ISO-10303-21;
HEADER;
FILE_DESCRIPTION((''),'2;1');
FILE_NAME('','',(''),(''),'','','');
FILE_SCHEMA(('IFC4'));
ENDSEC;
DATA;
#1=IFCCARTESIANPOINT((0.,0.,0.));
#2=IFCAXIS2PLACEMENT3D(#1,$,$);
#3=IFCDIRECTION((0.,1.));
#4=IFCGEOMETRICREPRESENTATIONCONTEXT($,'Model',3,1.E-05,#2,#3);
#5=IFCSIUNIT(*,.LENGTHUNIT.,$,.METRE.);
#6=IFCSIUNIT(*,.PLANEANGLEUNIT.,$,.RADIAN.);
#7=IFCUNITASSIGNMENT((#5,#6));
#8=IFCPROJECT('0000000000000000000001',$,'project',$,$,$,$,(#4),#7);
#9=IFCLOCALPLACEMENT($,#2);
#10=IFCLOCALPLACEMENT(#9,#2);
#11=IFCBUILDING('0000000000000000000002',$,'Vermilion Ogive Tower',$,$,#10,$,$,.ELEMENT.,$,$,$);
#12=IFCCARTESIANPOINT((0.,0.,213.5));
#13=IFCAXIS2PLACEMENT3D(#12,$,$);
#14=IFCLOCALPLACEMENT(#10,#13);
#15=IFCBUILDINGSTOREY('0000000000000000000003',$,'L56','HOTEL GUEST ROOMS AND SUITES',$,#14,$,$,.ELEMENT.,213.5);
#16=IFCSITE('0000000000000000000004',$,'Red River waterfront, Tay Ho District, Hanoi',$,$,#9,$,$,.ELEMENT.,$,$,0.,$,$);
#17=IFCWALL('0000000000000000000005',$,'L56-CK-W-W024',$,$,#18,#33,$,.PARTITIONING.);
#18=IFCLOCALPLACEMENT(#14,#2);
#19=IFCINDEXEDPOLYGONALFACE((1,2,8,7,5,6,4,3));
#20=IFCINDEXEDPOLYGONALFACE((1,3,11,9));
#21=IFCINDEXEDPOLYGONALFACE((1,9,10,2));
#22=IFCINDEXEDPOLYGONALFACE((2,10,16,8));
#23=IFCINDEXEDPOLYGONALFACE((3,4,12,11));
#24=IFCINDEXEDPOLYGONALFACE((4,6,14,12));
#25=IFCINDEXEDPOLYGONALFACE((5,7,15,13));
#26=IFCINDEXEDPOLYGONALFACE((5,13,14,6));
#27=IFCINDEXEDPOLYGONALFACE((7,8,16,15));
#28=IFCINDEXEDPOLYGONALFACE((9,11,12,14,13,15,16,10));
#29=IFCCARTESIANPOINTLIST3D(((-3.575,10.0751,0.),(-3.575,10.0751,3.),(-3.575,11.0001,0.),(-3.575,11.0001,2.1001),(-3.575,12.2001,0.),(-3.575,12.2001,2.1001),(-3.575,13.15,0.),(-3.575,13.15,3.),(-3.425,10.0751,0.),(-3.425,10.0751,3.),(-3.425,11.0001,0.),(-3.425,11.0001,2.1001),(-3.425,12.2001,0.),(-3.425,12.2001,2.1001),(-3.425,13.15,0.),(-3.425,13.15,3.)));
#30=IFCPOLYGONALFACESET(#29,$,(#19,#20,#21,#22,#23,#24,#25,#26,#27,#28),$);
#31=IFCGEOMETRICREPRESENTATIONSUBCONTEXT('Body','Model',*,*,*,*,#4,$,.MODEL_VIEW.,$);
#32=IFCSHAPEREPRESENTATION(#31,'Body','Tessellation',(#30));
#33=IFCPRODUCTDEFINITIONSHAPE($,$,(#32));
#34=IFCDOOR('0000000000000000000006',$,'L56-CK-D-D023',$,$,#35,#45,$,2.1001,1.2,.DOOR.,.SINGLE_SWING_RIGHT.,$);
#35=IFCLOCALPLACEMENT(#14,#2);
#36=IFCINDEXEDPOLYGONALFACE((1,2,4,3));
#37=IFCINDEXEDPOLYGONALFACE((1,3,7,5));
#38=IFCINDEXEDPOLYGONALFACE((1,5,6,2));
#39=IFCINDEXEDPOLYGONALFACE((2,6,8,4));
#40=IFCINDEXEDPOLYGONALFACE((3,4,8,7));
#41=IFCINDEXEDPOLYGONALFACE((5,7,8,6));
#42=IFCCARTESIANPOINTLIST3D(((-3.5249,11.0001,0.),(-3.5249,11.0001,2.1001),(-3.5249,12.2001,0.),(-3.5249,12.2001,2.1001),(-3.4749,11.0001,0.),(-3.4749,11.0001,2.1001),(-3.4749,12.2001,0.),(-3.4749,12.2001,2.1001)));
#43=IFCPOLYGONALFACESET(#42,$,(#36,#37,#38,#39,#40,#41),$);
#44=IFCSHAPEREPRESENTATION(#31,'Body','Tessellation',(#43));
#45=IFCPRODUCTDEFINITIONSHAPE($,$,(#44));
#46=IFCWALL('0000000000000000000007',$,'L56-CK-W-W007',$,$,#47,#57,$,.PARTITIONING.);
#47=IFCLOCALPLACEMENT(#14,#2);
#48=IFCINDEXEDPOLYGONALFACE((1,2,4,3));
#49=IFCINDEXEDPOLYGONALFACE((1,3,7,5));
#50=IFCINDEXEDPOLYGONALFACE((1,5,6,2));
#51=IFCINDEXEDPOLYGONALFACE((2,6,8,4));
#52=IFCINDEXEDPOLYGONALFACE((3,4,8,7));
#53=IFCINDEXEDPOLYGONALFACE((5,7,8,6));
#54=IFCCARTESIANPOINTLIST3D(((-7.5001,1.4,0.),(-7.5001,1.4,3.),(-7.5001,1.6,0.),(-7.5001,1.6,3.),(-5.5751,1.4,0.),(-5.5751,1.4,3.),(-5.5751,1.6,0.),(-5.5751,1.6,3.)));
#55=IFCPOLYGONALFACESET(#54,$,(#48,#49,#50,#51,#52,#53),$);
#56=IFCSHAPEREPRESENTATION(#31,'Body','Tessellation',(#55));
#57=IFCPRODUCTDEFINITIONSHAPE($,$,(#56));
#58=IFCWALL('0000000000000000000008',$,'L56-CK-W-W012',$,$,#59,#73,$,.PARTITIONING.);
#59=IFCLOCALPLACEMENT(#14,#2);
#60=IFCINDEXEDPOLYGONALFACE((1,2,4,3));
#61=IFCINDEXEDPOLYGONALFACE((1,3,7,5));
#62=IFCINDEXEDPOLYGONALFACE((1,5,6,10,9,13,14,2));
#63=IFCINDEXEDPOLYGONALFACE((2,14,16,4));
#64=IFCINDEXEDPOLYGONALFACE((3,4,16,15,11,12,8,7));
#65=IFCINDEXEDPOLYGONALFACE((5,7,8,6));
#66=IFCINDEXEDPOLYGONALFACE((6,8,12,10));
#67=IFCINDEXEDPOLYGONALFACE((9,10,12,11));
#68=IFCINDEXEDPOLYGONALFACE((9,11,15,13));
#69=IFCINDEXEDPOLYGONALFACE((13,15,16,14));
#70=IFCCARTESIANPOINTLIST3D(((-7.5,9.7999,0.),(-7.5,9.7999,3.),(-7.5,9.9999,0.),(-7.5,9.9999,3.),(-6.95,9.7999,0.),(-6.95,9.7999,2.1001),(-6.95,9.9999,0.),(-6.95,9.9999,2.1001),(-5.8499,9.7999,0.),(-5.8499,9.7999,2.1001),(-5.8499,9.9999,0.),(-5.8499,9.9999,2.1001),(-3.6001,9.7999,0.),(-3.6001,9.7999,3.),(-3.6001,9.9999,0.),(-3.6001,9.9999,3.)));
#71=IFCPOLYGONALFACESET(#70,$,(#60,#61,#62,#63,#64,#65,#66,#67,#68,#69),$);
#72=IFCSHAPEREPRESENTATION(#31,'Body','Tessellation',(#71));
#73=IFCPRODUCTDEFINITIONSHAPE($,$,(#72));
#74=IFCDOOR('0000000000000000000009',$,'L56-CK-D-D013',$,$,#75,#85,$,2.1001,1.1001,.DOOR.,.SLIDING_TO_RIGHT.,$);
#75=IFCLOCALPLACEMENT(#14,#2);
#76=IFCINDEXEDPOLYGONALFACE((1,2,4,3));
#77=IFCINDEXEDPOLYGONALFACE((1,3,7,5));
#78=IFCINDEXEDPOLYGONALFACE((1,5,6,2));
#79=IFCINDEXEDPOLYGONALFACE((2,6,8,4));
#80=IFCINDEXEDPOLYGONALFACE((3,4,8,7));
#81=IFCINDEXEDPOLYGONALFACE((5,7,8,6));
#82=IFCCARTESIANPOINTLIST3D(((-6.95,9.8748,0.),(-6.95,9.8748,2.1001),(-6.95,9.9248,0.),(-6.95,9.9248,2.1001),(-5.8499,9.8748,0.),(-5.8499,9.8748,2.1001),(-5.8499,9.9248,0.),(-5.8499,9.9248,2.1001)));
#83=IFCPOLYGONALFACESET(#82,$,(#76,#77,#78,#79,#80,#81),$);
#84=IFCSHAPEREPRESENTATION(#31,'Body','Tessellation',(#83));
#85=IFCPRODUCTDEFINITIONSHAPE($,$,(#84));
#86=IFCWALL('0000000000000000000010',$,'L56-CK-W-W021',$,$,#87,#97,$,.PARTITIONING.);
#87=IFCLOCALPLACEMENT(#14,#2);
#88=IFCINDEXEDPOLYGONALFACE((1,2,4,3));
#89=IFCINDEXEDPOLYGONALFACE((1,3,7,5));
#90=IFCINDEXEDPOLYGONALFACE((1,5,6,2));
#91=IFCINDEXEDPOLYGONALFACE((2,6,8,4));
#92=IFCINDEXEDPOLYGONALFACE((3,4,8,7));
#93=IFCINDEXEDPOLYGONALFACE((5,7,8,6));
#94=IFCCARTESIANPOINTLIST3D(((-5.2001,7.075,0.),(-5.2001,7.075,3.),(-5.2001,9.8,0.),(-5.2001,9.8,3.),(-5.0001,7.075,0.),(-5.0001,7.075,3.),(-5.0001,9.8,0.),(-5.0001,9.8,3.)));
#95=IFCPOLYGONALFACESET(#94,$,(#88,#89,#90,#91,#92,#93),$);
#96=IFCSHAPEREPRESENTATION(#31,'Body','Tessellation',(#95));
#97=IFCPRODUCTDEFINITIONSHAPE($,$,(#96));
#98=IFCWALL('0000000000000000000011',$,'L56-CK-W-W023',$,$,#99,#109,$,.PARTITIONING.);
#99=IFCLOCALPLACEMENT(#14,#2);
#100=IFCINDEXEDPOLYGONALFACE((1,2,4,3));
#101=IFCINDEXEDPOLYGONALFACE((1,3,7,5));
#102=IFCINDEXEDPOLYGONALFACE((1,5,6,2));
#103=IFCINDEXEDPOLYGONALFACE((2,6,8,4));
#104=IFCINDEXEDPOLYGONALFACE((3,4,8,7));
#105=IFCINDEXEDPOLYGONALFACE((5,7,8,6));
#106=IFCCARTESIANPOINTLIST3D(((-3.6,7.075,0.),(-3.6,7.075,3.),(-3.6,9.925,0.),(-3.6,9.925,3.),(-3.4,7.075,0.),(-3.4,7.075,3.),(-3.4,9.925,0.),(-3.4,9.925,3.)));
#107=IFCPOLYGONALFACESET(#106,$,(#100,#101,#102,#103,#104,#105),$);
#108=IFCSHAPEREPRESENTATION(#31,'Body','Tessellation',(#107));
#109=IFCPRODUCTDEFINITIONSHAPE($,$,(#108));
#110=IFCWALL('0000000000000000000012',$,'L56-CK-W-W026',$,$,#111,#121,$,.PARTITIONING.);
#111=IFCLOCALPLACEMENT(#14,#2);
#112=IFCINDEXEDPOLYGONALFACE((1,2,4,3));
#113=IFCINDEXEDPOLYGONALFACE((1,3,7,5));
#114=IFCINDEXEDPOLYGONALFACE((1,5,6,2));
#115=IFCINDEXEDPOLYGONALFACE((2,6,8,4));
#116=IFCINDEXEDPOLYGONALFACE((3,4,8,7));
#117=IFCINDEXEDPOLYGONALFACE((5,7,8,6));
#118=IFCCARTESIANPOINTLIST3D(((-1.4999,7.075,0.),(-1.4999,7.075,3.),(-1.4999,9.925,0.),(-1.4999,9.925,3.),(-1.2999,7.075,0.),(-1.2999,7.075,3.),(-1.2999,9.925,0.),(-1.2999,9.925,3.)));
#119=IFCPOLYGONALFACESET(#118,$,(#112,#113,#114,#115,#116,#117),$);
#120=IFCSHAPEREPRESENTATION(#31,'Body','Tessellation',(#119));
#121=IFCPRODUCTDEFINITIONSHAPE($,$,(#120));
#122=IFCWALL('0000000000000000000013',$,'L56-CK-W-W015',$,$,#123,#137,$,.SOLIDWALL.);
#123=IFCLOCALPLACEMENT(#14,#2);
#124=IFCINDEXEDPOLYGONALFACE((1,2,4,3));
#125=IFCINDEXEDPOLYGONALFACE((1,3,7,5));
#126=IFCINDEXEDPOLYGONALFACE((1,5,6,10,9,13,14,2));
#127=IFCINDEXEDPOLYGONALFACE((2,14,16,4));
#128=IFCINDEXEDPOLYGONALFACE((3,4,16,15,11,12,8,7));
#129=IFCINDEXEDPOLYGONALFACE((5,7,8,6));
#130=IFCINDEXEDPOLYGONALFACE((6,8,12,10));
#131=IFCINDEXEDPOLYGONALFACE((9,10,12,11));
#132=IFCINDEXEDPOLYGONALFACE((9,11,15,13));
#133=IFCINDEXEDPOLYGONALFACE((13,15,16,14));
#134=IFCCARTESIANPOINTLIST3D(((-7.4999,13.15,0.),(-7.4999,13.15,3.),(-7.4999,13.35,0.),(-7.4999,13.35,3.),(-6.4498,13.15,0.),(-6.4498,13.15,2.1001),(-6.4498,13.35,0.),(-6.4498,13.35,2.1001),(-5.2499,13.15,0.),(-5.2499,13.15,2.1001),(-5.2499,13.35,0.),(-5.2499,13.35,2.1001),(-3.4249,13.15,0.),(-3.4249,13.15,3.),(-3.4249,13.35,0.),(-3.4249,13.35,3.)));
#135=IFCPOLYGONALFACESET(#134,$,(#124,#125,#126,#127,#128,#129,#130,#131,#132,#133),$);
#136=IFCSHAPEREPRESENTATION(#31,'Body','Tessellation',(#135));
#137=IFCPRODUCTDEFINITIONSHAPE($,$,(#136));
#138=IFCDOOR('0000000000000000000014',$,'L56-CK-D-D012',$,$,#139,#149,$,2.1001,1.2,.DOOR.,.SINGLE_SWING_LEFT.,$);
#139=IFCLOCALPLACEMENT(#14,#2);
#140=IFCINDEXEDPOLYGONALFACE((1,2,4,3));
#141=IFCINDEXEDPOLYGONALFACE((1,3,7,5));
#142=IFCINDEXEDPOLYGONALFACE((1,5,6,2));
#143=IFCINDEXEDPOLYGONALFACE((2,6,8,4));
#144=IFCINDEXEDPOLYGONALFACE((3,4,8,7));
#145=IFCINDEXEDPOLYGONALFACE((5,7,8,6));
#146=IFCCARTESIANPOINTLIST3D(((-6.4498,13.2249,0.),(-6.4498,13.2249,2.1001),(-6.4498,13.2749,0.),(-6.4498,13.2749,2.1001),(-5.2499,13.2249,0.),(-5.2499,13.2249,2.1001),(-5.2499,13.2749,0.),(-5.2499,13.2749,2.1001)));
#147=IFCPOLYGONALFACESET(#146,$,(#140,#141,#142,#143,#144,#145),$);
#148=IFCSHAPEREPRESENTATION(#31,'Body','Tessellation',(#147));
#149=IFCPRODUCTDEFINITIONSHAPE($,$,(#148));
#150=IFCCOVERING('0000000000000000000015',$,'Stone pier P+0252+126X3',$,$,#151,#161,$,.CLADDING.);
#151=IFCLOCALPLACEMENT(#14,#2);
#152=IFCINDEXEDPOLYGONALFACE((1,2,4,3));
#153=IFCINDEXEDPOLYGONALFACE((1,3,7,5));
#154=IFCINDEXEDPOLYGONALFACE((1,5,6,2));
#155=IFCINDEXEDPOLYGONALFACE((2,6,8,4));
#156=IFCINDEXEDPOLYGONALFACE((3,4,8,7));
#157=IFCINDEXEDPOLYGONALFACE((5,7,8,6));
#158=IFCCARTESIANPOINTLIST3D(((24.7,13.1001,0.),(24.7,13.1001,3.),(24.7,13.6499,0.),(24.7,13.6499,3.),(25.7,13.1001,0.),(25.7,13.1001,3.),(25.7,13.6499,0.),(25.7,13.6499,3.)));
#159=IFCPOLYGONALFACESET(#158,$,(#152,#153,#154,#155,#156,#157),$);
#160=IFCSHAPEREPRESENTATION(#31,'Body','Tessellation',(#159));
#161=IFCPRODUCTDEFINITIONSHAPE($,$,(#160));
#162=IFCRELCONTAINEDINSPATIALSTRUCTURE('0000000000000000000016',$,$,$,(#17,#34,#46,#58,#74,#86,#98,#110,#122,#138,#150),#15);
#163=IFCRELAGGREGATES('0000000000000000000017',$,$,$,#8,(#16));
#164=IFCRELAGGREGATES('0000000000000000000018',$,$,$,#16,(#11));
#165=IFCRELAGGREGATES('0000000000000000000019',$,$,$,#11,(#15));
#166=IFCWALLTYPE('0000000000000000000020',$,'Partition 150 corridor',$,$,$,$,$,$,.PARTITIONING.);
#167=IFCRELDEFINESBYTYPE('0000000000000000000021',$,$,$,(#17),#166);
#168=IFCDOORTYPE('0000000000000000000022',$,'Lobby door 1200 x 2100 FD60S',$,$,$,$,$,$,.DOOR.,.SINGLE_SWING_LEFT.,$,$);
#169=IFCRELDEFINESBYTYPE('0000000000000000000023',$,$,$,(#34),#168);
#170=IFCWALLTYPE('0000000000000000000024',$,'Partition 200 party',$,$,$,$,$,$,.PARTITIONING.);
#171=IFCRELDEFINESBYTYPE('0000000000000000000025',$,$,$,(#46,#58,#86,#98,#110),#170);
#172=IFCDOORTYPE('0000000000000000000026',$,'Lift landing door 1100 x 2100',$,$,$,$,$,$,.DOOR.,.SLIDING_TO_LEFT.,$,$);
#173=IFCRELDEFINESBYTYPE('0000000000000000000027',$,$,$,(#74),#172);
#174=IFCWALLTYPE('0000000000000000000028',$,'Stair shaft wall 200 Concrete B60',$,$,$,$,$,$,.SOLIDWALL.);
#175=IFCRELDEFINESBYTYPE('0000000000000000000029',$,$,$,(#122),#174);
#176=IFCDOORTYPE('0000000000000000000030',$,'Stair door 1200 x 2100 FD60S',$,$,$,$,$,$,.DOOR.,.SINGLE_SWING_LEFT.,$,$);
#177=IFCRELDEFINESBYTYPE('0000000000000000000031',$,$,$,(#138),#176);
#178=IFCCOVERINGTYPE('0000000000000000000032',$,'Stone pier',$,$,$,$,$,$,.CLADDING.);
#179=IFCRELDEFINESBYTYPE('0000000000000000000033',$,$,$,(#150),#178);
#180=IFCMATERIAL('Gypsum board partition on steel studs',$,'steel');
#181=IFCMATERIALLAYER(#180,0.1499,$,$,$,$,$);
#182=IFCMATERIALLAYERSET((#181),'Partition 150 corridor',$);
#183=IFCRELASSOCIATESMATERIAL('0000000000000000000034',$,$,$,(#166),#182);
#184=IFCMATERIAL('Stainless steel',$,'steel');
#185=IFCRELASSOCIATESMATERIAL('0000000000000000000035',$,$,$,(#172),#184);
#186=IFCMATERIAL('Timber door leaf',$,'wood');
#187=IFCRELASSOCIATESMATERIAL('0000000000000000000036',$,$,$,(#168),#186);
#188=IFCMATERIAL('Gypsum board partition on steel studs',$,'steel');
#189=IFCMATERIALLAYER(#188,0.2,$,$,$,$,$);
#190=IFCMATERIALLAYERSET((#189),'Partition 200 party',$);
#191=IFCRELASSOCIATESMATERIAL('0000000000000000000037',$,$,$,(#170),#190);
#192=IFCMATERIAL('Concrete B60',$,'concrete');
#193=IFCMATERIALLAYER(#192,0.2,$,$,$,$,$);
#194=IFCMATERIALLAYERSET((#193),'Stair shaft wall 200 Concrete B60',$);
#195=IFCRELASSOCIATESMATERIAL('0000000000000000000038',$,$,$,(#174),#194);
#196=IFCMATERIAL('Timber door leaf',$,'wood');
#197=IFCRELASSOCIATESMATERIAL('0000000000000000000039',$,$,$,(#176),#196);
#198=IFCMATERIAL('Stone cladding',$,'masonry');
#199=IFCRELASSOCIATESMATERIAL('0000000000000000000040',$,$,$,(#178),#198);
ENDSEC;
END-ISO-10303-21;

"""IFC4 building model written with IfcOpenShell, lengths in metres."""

from ifc_helpers import new_model, si_unit, direction, frame, frame_2d, origin, place, context, subcontext, project, spatial, polyline, rectangle, outline, extrude, material, layer, layer_set, type_object, element, fill, save


model = new_model("IFC4")

# Units and contexts
model_context = context("Model", 3, precision=1e-05, world=origin(), true_north=direction((0.0, 1.0)))
body_context = subcontext(model_context, "Body", "Model", "MODEL_VIEW")
ifc_project = project(units=[si_unit("LENGTHUNIT", "METRE"), si_unit("PLANEANGLEUNIT", "RADIAN")], contexts=[model_context])

# Site, building, storey
site_placement = place(None, origin())
site = spatial("IfcSite", under=ifc_project, at=site_placement, Name="Red River waterfront, Tay Ho District, Hanoi", CompositionType="ELEMENT", RefElevation=0.0)
building_placement = place(site_placement, origin())
building = spatial("IfcBuilding", under=site, at=building_placement, Name="Vermilion Ogive Tower", CompositionType="ELEMENT")
storey_placement = place(building_placement, frame((0.0, 0.0, 213.5)))
storey = spatial("IfcBuildingStorey", under=building, at=storey_placement, Name="L56", Description="HOTEL GUEST ROOMS AND SUITES", CompositionType="ELEMENT", Elevation=213.5)

# Shared definitions
ifc_material_1 = material(Name="Gypsum board partition on steel studs", Category="steel")
ifc_layer_1 = layer(ifc_material_1, 0.1499)
ifc_layer_set_1 = layer_set([ifc_layer_1], Name="Partition 150 corridor")
wall_type_1 = type_object("IfcWallType", Name="Partition 150 corridor", PredefinedType="PARTITIONING", material=ifc_layer_set_1)

# Shared definitions
ifc_material_2 = material(Name="Stainless steel", Category="steel")
door_type_1 = type_object("IfcDoorType", Name="Lift landing door 1100 x 2100", OperationType="SLIDING_TO_LEFT", PredefinedType="DOOR", material=ifc_material_2)

# Wall, opening, door
wall_1_placement = place(storey_placement, frame((-3.5, 10.075, 0.0), z_axis=(0.0, 0.0, 1.0), x_axis=(0.0, 1.0, 0.0)))
wall_1 = element("IfcWall", 1, at=wall_1_placement, inside=storey, type_object=wall_type_1, Name="L56-CK-W-W024", PredefinedType="PARTITIONING", context=body_context, shape_type="SweptSolid", body=[
    extrude(rectangle(XDim=3.075, YDim=0.1499, at=frame_2d((1.5376, 0.0))), origin(), (0.0, 0.0, 1.0), 3.0),
])
opening_1_placement = place(wall_1_placement, frame((0.925, 0.0, 0.0)))
opening_1 = element("IfcOpeningElement", 2, at=opening_1_placement, cuts=wall_1, PredefinedType="OPENING", context=body_context, shape_type="SweptSolid", body=[
    extrude(rectangle(XDim=1.2, YDim=2.1001, at=frame_2d((0.6001, 1.05))), frame((0.0, 0.085, 0.0), z_axis=(0.0, -1.0, 0.0), x_axis=(1.0, 0.0, 0.0)), (0.0, 0.0, 1.0), 0.1699),
])
ifc_material_3 = material(Name="Timber door leaf", Category="wood")
door_type_2 = type_object("IfcDoorType", Name="Lobby door 1200 x 2100 FD60S", OperationType="SINGLE_SWING_LEFT", PredefinedType="DOOR", material=ifc_material_3)
door_1_placement = place(opening_1_placement, origin())
door_1 = element("IfcDoor", 3, at=door_1_placement, inside=storey, type_object=door_type_2, Name="L56-CK-D-D023", OperationType="SINGLE_SWING_RIGHT", OverallHeight=2.1001, OverallWidth=1.2, PredefinedType="DOOR", context=body_context, shape_type="SweptSolid", body=[
    extrude(rectangle(XDim=1.2, YDim=2.1001, at=frame_2d((0.6001, 1.05))), frame((0.0, 0.0249, 0.0), z_axis=(0.0, -1.0, 0.0), x_axis=(1.0, 0.0, 0.0)), (0.0, 0.0, 1.0), 0.05),
])
fill(opening_1, door_1)

# Wall
ifc_material_4 = material(Name="Gypsum board partition on steel studs", Category="steel")
ifc_layer_2 = layer(ifc_material_4, 0.2)
ifc_layer_set_2 = layer_set([ifc_layer_2], Name="Partition 200 party")
wall_type_2 = type_object("IfcWallType", Name="Partition 200 party", PredefinedType="PARTITIONING", material=ifc_layer_set_2)
wall_2_placement = place(storey_placement, frame((-7.5, 1.5, 0.0), z_axis=(0.0, 0.0, 1.0), x_axis=(1.0, 0.0, 0.0)))
element("IfcWall", 4, at=wall_2_placement, inside=storey, type_object=wall_type_2, Name="L56-CK-W-W007", PredefinedType="PARTITIONING", context=body_context, shape_type="SweptSolid", body=[
    extrude(rectangle(XDim=1.925, YDim=0.2, at=frame_2d((0.9624, 0.0))), origin(), (0.0, 0.0, 1.0), 3.0),
])

# Wall, opening, door
wall_3_placement = place(storey_placement, frame((-7.5, 9.8999, 0.0), z_axis=(0.0, 0.0, 1.0), x_axis=(1.0, 0.0, 0.0)))
wall_3 = element("IfcWall", 5, at=wall_3_placement, inside=storey, type_object=wall_type_2, Name="L56-CK-W-W012", PredefinedType="PARTITIONING", context=body_context, shape_type="SweptSolid", body=[
    extrude(rectangle(XDim=3.8999, YDim=0.2, at=frame_2d((1.95, 0.0))), origin(), (0.0, 0.0, 1.0), 3.0),
])
opening_2_placement = place(wall_3_placement, frame((0.55, 0.0, 0.0)))
opening_2 = element("IfcOpeningElement", 6, at=opening_2_placement, cuts=wall_3, PredefinedType="OPENING", context=body_context, shape_type="SweptSolid", body=[
    extrude(rectangle(XDim=1.1001, YDim=2.1001, at=frame_2d((0.55, 1.05))), frame((0.0, 0.1099, 0.0), z_axis=(0.0, -1.0, 0.0), x_axis=(1.0, 0.0, 0.0)), (0.0, 0.0, 1.0), 0.22),
])
door_2_placement = place(opening_2_placement, origin())
door_2 = element("IfcDoor", 7, at=door_2_placement, inside=storey, type_object=door_type_1, Name="L56-CK-D-D013", OperationType="SLIDING_TO_RIGHT", OverallHeight=2.1001, OverallWidth=1.1001, PredefinedType="DOOR", context=body_context, shape_type="SweptSolid", body=[
    extrude(rectangle(XDim=1.1001, YDim=2.1001, at=frame_2d((0.55, 1.05))), frame((0.0, 0.0249, 0.0), z_axis=(0.0, -1.0, 0.0), x_axis=(1.0, 0.0, 0.0)), (0.0, 0.0, 1.0), 0.05),
])
fill(opening_2, door_2)

# Walls
wall_4_placement = place(storey_placement, frame((-5.1001, 7.075, 0.0), z_axis=(0.0, 0.0, 1.0), x_axis=(0.0, 1.0, 0.0)))
element("IfcWall", 8, at=wall_4_placement, inside=storey, type_object=wall_type_2, Name="L56-CK-W-W021", PredefinedType="PARTITIONING", context=body_context, shape_type="SweptSolid", body=[
    extrude(rectangle(XDim=2.7251, YDim=0.2, at=frame_2d((1.3625, 0.0))), origin(), (0.0, 0.0, 1.0), 3.0),
])
for number, where, z_axis, x_axis, name in (
    (9, (-3.5, 7.075, 0.0), (0.0, 0.0, 1.0), (0.0, 1.0, 0.0), "L56-CK-W-W023"),
    (10, (-1.3999, 7.075, 0.0), (0.0, 0.0, 1.0), (0.0, 1.0, 0.0), "L56-CK-W-W026"),
):
    element("IfcWall", number, at=place(storey_placement, frame(where, z_axis=z_axis, x_axis=x_axis)), inside=storey, type_object=wall_type_2, Name=name, PredefinedType="PARTITIONING", context=body_context, shape_type="SweptSolid", body=[
        extrude(rectangle(XDim=2.8501, YDim=0.2, at=frame_2d((1.425, 0.0))), origin(), (0.0, 0.0, 1.0), 3.0),
    ])

# Wall, opening, door
ifc_material_5 = material(Name="Concrete B60", Category="concrete")
ifc_layer_3 = layer(ifc_material_5, 0.2)
ifc_layer_set_3 = layer_set([ifc_layer_3], Name="Stair shaft wall 200 Concrete B60")
wall_type_3 = type_object("IfcWallType", Name="Stair shaft wall 200 Concrete B60", PredefinedType="SOLIDWALL", material=ifc_layer_set_3)
wall_5_placement = place(storey_placement, frame((-7.5, 13.25, 0.0), z_axis=(0.0, 0.0, 1.0), x_axis=(1.0, 0.0, 0.0)))
wall_5 = element("IfcWall", 11, at=wall_5_placement, inside=storey, type_object=wall_type_3, Name="L56-CK-W-W015", PredefinedType="SOLIDWALL", context=body_context, shape_type="SweptSolid", body=[
    extrude(rectangle(XDim=4.075, YDim=0.2, at=frame_2d((2.0376, 0.0))), origin(), (0.0, 0.0, 1.0), 3.0),
])
opening_3_placement = place(wall_5_placement, frame((1.05, 0.0, 0.0)))
opening_3 = element("IfcOpeningElement", 12, at=opening_3_placement, cuts=wall_5, PredefinedType="OPENING", context=body_context, shape_type="SweptSolid", body=[
    extrude(rectangle(XDim=1.2, YDim=2.1001, at=frame_2d((0.6001, 1.05))), frame((0.0, 0.1099, 0.0), z_axis=(0.0, -1.0, 0.0), x_axis=(1.0, 0.0, 0.0)), (0.0, 0.0, 1.0), 0.22),
])
ifc_material_6 = material(Name="Timber door leaf", Category="wood")
door_type_3 = type_object("IfcDoorType", Name="Stair door 1200 x 2100 FD60S", OperationType="SINGLE_SWING_LEFT", PredefinedType="DOOR", material=ifc_material_6)
door_3_placement = place(opening_3_placement, origin())
door_3 = element("IfcDoor", 13, at=door_3_placement, inside=storey, type_object=door_type_3, Name="L56-CK-D-D012", OperationType="SINGLE_SWING_LEFT", OverallHeight=2.1001, OverallWidth=1.2, PredefinedType="DOOR", context=body_context, shape_type="SweptSolid", body=[
    extrude(rectangle(XDim=1.2, YDim=2.1001, at=frame_2d((0.6001, 1.05))), frame((0.0, 0.0249, 0.0), z_axis=(0.0, -1.0, 0.0), x_axis=(1.0, 0.0, 0.0)), (0.0, 0.0, 1.0), 0.05),
])
fill(opening_3, door_3)

# Covering
ifc_material_7 = material(Name="Stone cladding", Category="masonry")
covering_type = type_object("IfcCoveringType", Name="Stone pier", PredefinedType="CLADDING", material=ifc_material_7)
covering_placement = place(storey_placement, origin())
element("IfcCovering", 14, at=covering_placement, inside=storey, type_object=covering_type, Name="Stone pier P+0252+126X3", PredefinedType="CLADDING", context=body_context, shape_type="SweptSolid", body=[
    extrude(outline(polyline([(25.7, 13.6499), (25.7, 13.1001), (24.7, 13.1001), (24.7, 13.6499), (25.7, 13.6499)])), origin(), (0.0, 0.0, 1.0), 3.0),
])

save(model, "model.ifc")
